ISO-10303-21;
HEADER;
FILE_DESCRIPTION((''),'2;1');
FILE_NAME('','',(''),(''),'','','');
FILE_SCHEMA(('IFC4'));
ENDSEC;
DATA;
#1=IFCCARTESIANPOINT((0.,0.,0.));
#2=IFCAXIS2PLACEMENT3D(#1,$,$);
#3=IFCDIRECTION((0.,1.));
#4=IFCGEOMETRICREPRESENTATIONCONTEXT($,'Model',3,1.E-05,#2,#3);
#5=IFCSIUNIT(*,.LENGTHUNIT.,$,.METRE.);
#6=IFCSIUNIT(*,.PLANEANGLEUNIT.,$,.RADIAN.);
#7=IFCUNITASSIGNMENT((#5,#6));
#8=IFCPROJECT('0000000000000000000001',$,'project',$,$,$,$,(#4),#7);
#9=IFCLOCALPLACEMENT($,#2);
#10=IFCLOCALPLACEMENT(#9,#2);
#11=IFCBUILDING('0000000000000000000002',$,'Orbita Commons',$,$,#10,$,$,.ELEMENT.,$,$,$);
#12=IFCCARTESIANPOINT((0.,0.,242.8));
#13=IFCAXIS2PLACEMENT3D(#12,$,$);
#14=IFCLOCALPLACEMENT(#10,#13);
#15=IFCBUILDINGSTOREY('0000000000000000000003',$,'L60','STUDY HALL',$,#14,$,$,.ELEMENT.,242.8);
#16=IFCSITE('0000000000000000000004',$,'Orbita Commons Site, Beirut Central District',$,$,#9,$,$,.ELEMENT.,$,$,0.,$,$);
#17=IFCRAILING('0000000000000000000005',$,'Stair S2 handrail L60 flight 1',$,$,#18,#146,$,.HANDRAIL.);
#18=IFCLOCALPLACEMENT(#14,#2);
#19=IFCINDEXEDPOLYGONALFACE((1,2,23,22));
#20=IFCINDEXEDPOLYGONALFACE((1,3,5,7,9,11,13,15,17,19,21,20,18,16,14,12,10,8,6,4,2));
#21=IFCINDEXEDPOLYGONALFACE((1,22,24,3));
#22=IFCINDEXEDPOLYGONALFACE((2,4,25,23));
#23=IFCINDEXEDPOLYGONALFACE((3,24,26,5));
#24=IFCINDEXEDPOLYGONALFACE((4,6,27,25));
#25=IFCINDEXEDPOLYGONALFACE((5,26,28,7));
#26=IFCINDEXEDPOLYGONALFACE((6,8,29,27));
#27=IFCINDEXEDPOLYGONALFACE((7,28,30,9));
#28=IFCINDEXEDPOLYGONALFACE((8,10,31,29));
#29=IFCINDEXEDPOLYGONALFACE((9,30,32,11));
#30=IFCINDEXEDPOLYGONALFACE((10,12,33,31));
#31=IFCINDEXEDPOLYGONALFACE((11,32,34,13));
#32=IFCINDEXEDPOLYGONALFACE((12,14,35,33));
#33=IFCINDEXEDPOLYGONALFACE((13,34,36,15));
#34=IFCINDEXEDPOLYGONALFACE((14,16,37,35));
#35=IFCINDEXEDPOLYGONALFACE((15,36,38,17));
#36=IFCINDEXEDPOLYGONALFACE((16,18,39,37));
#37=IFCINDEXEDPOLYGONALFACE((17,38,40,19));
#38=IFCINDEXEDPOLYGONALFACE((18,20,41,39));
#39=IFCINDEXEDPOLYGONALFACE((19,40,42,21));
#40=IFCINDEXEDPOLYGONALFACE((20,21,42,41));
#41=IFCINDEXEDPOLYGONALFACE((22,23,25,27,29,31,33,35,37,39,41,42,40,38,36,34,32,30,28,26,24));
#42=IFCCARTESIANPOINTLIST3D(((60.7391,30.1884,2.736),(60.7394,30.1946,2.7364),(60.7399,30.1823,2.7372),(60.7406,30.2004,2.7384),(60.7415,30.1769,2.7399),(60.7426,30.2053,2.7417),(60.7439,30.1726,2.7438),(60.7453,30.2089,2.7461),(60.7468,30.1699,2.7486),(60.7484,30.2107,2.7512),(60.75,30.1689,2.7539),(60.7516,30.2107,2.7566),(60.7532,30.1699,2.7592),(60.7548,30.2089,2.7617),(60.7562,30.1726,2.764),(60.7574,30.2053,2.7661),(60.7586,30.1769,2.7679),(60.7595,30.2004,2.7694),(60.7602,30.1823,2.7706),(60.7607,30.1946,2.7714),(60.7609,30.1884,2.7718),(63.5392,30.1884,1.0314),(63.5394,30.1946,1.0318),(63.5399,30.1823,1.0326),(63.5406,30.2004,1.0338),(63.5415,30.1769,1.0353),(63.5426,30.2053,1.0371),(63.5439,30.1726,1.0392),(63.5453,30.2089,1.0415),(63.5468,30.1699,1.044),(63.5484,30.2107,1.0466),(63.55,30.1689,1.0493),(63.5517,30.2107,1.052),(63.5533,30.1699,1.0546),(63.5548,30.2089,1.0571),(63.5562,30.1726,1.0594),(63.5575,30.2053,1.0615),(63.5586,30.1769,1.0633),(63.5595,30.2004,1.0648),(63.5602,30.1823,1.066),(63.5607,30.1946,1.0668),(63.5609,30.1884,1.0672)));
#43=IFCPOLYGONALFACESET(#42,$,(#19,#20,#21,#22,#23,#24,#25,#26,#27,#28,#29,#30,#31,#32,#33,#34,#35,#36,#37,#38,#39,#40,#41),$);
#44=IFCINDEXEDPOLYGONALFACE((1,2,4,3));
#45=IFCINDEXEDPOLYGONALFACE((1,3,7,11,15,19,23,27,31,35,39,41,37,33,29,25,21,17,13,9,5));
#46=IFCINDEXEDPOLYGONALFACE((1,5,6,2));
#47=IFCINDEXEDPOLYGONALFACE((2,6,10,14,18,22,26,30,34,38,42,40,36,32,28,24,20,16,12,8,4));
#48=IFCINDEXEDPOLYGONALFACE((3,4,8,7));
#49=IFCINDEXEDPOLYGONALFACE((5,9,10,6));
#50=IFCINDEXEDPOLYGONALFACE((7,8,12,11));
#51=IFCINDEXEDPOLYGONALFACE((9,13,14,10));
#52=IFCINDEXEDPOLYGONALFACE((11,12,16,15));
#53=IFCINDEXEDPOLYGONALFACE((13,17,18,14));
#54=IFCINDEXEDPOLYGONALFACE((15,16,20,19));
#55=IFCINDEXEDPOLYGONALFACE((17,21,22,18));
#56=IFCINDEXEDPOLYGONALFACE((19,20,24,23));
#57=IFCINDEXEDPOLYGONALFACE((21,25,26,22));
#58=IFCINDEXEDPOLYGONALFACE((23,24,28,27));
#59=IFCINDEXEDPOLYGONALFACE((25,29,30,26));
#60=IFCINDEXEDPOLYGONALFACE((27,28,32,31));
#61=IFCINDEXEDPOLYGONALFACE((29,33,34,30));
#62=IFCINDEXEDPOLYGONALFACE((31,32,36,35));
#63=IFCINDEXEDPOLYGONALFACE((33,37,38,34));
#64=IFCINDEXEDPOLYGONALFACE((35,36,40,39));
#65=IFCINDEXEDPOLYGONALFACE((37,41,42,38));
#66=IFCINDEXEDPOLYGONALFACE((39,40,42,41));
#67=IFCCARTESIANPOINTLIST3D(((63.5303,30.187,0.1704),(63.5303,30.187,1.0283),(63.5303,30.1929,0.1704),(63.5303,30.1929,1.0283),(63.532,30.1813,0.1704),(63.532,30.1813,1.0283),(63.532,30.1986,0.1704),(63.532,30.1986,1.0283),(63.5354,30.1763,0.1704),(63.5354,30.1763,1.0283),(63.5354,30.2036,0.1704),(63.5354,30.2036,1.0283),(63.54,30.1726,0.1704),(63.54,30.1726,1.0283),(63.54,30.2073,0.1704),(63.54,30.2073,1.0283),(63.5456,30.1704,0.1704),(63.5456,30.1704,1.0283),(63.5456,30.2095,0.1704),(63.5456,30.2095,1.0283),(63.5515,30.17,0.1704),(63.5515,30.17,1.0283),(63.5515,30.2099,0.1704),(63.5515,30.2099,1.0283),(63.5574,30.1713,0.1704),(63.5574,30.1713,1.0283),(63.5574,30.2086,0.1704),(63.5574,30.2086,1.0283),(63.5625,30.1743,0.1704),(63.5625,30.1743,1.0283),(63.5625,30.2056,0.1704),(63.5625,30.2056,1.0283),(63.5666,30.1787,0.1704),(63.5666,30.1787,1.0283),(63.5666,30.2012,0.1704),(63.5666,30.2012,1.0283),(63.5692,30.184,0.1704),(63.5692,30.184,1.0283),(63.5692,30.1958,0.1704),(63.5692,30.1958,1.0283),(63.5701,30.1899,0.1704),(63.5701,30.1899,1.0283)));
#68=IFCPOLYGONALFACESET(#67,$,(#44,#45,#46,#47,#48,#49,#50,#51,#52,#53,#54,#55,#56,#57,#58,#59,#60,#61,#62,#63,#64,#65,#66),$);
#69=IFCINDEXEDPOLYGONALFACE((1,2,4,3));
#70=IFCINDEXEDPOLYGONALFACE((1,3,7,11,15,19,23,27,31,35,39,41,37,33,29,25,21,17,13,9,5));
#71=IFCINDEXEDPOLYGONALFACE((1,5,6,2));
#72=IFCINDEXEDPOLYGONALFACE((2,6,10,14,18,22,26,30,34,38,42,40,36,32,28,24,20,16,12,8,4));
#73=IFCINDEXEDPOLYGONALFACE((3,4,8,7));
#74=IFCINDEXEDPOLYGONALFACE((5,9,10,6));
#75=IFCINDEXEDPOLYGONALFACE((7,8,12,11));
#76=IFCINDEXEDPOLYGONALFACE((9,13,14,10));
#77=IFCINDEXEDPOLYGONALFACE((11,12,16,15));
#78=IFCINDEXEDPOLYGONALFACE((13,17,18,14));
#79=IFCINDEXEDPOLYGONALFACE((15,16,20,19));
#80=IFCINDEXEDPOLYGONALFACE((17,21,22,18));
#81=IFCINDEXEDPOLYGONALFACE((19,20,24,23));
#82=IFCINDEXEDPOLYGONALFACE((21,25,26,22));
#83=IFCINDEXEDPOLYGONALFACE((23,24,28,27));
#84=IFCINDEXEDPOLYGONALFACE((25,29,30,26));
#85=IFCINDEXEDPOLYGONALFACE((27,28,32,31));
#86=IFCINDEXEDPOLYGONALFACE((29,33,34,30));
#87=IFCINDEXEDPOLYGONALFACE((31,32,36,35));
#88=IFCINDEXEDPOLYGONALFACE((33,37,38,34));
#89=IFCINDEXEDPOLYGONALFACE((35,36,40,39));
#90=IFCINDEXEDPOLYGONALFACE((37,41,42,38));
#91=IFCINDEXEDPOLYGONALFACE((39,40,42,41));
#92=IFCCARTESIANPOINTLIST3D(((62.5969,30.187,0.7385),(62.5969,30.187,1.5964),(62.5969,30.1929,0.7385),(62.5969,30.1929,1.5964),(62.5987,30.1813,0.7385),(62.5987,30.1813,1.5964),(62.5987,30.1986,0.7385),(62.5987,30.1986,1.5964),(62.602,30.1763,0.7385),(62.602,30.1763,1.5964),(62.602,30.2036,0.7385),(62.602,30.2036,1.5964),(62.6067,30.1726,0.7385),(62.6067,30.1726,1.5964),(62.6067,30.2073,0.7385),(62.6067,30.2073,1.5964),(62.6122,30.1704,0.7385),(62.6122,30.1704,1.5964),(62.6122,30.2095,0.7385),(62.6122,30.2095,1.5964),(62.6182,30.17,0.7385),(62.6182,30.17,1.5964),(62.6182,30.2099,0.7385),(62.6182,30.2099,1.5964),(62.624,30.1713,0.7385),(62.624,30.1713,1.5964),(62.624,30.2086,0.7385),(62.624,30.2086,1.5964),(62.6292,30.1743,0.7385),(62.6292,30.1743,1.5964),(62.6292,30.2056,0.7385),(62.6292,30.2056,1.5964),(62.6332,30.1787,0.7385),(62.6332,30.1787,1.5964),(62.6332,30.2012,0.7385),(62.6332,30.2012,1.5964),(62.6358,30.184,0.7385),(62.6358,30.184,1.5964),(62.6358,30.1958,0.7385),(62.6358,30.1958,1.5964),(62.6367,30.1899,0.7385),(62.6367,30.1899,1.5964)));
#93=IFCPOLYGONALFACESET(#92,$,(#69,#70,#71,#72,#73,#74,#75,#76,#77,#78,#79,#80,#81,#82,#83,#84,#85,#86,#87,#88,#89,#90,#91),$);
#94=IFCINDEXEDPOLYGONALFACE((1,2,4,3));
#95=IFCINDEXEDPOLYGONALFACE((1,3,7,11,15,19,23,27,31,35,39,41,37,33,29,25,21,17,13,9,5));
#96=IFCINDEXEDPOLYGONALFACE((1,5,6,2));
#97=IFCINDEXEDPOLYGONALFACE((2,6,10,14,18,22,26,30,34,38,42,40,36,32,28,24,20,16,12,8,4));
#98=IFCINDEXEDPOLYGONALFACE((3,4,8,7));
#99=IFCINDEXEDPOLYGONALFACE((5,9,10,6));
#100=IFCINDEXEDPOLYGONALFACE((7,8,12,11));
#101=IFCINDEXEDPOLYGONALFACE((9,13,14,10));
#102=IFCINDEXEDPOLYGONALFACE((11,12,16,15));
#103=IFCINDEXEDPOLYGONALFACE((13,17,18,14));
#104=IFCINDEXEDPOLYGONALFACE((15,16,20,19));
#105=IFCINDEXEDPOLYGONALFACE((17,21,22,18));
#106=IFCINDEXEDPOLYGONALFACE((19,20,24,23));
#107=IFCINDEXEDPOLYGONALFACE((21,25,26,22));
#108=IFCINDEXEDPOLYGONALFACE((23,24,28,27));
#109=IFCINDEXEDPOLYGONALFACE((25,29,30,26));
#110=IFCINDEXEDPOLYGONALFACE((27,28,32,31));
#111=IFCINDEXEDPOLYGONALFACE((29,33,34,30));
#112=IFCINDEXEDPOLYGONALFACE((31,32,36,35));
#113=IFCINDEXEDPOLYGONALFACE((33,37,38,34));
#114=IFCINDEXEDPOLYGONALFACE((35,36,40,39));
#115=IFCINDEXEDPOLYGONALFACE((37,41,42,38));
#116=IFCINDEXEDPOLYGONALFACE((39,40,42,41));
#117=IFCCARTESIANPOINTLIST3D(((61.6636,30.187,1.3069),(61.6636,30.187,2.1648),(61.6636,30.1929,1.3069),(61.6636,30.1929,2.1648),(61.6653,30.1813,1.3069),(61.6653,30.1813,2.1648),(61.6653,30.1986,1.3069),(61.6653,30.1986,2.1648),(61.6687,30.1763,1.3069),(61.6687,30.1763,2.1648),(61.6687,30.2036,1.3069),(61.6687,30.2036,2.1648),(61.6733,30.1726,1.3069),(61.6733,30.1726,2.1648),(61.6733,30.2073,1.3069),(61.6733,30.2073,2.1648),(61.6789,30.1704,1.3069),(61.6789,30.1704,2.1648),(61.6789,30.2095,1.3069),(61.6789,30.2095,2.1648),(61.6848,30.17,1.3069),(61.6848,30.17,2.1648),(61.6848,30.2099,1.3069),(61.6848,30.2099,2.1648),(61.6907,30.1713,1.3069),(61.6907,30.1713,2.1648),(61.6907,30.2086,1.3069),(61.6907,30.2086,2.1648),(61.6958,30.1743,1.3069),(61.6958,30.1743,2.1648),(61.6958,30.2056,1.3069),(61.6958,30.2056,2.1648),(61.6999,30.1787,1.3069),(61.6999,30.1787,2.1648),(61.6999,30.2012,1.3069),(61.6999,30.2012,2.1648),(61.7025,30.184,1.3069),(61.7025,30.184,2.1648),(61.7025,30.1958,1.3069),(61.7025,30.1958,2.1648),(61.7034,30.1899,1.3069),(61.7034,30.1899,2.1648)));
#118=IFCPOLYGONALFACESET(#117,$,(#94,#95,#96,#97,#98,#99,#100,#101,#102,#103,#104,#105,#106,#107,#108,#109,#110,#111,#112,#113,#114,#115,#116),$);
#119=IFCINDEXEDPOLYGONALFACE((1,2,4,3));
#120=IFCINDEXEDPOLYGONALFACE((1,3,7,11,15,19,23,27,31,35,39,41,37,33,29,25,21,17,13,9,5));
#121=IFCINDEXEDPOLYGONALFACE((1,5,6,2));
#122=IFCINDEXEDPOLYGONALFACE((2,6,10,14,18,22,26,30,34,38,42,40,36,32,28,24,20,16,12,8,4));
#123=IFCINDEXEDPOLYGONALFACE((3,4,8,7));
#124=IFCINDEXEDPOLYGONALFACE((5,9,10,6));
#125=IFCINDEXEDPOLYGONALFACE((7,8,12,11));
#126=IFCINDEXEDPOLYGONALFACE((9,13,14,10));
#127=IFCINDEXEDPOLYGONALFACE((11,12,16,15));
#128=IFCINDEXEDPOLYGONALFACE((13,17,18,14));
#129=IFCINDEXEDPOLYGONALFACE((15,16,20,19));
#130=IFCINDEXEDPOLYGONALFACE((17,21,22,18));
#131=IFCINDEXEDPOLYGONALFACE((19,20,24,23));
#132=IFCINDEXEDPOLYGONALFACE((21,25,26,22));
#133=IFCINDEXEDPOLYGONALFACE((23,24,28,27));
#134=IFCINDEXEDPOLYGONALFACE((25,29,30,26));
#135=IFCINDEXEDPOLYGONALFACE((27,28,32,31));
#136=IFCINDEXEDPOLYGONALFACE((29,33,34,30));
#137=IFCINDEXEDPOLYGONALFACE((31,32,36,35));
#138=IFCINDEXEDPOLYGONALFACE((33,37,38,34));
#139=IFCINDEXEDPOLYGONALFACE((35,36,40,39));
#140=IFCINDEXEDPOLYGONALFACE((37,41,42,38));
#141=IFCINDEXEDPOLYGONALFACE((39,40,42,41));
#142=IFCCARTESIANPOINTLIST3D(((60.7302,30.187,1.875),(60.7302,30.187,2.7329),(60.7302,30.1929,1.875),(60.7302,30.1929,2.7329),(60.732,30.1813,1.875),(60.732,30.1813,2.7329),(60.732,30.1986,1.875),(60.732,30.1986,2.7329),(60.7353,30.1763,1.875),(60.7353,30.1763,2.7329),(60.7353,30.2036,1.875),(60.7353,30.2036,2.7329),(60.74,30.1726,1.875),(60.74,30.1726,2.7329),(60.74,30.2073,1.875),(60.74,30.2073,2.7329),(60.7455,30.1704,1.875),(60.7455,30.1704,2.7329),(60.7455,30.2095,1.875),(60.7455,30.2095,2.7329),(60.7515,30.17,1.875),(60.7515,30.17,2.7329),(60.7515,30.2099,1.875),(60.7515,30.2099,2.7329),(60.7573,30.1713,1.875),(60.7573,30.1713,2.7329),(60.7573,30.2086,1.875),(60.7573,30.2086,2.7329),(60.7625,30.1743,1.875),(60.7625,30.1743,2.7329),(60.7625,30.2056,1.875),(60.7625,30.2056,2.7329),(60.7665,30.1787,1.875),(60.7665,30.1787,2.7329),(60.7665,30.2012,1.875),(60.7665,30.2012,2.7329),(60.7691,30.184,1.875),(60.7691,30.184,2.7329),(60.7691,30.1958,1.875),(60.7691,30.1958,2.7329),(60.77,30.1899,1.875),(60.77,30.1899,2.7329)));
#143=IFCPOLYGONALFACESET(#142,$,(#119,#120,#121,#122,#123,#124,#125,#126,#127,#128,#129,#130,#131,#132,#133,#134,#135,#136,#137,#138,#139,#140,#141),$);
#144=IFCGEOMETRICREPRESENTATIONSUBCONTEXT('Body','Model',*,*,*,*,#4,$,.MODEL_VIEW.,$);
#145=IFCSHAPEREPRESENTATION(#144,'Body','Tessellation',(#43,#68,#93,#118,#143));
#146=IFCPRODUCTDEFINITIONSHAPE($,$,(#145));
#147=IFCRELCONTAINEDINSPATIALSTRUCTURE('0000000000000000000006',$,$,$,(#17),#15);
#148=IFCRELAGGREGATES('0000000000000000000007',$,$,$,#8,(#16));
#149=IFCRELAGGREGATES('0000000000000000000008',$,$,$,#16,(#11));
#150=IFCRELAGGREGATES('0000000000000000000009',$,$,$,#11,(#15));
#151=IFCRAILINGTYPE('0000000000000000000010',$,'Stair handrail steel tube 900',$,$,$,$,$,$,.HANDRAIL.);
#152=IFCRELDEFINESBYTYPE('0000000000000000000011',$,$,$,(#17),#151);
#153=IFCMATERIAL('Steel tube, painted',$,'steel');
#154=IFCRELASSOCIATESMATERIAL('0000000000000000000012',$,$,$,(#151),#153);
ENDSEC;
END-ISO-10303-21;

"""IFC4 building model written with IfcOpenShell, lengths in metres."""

from ifc_helpers import new_model, si_unit, direction, frame, origin, origin_2d, place, context, subcontext, project, spatial, circle, extrude, material, type_object, element, save


model = new_model("IFC4")

# Units and contexts
model_context = context("Model", 3, precision=1e-05, world=origin(), true_north=direction((0.0, 1.0)))
body_context = subcontext(model_context, "Body", "Model", "MODEL_VIEW")
ifc_project = project(units=[si_unit("LENGTHUNIT", "METRE"), si_unit("PLANEANGLEUNIT", "RADIAN")], contexts=[model_context])

# Site, building, storey
site_placement = place(None, origin())
site = spatial("IfcSite", under=ifc_project, at=site_placement, Name="Orbita Commons Site, Beirut Central District", CompositionType="ELEMENT", RefElevation=0.0)
building_placement = place(site_placement, origin())
building = spatial("IfcBuilding", under=site, at=building_placement, Name="Orbita Commons", CompositionType="ELEMENT")
storey_placement = place(building_placement, frame((0.0, 0.0, 242.8)))
storey = spatial("IfcBuildingStorey", under=building, at=storey_placement, Name="L60", Description="STUDY HALL", CompositionType="ELEMENT", Elevation=242.8)

# Railing
ifc_material_1 = material(Name="Steel tube, painted", Category="steel")
railing_type = type_object("IfcRailingType", Name="Stair handrail steel tube 900", PredefinedType="HANDRAIL", material=ifc_material_1)
railing_placement = place(storey_placement, frame((63.55, 30.1899, 0.1704)))
element("IfcRailing", 1, at=railing_placement, inside=storey, type_object=railing_type, Name="Stair S2 handrail L60 flight 1", PredefinedType="HANDRAIL", context=body_context, shape_type="SweptSolid", body=[
    extrude(circle(Radius=0.021, at=origin_2d()), frame((0.0, 0.0, 0.8789), z_axis=(-0.85417, 0.0, 0.519994), x_axis=(0.0, -1.0, 0.0)), (0.0, 0.0, 1.0), 3.2781),
    extrude(circle(Radius=0.02, at=origin_2d()), origin(), (0.0, 0.0, 1.0), 0.8579),
    extrude(circle(Radius=0.02, at=origin_2d()), frame((-0.9333, 0.0, 0.5681)), (0.0, 0.0, 1.0), 0.8579),
    extrude(circle(Radius=0.02, at=origin_2d()), frame((-1.8667, 0.0, 1.1365)), (0.0, 0.0, 1.0), 0.8579),
    extrude(circle(Radius=0.02, at=origin_2d()), frame((-2.8, 0.0, 1.7046)), (0.0, 0.0, 1.0), 0.8579),
])

save(model, "model.ifc")
